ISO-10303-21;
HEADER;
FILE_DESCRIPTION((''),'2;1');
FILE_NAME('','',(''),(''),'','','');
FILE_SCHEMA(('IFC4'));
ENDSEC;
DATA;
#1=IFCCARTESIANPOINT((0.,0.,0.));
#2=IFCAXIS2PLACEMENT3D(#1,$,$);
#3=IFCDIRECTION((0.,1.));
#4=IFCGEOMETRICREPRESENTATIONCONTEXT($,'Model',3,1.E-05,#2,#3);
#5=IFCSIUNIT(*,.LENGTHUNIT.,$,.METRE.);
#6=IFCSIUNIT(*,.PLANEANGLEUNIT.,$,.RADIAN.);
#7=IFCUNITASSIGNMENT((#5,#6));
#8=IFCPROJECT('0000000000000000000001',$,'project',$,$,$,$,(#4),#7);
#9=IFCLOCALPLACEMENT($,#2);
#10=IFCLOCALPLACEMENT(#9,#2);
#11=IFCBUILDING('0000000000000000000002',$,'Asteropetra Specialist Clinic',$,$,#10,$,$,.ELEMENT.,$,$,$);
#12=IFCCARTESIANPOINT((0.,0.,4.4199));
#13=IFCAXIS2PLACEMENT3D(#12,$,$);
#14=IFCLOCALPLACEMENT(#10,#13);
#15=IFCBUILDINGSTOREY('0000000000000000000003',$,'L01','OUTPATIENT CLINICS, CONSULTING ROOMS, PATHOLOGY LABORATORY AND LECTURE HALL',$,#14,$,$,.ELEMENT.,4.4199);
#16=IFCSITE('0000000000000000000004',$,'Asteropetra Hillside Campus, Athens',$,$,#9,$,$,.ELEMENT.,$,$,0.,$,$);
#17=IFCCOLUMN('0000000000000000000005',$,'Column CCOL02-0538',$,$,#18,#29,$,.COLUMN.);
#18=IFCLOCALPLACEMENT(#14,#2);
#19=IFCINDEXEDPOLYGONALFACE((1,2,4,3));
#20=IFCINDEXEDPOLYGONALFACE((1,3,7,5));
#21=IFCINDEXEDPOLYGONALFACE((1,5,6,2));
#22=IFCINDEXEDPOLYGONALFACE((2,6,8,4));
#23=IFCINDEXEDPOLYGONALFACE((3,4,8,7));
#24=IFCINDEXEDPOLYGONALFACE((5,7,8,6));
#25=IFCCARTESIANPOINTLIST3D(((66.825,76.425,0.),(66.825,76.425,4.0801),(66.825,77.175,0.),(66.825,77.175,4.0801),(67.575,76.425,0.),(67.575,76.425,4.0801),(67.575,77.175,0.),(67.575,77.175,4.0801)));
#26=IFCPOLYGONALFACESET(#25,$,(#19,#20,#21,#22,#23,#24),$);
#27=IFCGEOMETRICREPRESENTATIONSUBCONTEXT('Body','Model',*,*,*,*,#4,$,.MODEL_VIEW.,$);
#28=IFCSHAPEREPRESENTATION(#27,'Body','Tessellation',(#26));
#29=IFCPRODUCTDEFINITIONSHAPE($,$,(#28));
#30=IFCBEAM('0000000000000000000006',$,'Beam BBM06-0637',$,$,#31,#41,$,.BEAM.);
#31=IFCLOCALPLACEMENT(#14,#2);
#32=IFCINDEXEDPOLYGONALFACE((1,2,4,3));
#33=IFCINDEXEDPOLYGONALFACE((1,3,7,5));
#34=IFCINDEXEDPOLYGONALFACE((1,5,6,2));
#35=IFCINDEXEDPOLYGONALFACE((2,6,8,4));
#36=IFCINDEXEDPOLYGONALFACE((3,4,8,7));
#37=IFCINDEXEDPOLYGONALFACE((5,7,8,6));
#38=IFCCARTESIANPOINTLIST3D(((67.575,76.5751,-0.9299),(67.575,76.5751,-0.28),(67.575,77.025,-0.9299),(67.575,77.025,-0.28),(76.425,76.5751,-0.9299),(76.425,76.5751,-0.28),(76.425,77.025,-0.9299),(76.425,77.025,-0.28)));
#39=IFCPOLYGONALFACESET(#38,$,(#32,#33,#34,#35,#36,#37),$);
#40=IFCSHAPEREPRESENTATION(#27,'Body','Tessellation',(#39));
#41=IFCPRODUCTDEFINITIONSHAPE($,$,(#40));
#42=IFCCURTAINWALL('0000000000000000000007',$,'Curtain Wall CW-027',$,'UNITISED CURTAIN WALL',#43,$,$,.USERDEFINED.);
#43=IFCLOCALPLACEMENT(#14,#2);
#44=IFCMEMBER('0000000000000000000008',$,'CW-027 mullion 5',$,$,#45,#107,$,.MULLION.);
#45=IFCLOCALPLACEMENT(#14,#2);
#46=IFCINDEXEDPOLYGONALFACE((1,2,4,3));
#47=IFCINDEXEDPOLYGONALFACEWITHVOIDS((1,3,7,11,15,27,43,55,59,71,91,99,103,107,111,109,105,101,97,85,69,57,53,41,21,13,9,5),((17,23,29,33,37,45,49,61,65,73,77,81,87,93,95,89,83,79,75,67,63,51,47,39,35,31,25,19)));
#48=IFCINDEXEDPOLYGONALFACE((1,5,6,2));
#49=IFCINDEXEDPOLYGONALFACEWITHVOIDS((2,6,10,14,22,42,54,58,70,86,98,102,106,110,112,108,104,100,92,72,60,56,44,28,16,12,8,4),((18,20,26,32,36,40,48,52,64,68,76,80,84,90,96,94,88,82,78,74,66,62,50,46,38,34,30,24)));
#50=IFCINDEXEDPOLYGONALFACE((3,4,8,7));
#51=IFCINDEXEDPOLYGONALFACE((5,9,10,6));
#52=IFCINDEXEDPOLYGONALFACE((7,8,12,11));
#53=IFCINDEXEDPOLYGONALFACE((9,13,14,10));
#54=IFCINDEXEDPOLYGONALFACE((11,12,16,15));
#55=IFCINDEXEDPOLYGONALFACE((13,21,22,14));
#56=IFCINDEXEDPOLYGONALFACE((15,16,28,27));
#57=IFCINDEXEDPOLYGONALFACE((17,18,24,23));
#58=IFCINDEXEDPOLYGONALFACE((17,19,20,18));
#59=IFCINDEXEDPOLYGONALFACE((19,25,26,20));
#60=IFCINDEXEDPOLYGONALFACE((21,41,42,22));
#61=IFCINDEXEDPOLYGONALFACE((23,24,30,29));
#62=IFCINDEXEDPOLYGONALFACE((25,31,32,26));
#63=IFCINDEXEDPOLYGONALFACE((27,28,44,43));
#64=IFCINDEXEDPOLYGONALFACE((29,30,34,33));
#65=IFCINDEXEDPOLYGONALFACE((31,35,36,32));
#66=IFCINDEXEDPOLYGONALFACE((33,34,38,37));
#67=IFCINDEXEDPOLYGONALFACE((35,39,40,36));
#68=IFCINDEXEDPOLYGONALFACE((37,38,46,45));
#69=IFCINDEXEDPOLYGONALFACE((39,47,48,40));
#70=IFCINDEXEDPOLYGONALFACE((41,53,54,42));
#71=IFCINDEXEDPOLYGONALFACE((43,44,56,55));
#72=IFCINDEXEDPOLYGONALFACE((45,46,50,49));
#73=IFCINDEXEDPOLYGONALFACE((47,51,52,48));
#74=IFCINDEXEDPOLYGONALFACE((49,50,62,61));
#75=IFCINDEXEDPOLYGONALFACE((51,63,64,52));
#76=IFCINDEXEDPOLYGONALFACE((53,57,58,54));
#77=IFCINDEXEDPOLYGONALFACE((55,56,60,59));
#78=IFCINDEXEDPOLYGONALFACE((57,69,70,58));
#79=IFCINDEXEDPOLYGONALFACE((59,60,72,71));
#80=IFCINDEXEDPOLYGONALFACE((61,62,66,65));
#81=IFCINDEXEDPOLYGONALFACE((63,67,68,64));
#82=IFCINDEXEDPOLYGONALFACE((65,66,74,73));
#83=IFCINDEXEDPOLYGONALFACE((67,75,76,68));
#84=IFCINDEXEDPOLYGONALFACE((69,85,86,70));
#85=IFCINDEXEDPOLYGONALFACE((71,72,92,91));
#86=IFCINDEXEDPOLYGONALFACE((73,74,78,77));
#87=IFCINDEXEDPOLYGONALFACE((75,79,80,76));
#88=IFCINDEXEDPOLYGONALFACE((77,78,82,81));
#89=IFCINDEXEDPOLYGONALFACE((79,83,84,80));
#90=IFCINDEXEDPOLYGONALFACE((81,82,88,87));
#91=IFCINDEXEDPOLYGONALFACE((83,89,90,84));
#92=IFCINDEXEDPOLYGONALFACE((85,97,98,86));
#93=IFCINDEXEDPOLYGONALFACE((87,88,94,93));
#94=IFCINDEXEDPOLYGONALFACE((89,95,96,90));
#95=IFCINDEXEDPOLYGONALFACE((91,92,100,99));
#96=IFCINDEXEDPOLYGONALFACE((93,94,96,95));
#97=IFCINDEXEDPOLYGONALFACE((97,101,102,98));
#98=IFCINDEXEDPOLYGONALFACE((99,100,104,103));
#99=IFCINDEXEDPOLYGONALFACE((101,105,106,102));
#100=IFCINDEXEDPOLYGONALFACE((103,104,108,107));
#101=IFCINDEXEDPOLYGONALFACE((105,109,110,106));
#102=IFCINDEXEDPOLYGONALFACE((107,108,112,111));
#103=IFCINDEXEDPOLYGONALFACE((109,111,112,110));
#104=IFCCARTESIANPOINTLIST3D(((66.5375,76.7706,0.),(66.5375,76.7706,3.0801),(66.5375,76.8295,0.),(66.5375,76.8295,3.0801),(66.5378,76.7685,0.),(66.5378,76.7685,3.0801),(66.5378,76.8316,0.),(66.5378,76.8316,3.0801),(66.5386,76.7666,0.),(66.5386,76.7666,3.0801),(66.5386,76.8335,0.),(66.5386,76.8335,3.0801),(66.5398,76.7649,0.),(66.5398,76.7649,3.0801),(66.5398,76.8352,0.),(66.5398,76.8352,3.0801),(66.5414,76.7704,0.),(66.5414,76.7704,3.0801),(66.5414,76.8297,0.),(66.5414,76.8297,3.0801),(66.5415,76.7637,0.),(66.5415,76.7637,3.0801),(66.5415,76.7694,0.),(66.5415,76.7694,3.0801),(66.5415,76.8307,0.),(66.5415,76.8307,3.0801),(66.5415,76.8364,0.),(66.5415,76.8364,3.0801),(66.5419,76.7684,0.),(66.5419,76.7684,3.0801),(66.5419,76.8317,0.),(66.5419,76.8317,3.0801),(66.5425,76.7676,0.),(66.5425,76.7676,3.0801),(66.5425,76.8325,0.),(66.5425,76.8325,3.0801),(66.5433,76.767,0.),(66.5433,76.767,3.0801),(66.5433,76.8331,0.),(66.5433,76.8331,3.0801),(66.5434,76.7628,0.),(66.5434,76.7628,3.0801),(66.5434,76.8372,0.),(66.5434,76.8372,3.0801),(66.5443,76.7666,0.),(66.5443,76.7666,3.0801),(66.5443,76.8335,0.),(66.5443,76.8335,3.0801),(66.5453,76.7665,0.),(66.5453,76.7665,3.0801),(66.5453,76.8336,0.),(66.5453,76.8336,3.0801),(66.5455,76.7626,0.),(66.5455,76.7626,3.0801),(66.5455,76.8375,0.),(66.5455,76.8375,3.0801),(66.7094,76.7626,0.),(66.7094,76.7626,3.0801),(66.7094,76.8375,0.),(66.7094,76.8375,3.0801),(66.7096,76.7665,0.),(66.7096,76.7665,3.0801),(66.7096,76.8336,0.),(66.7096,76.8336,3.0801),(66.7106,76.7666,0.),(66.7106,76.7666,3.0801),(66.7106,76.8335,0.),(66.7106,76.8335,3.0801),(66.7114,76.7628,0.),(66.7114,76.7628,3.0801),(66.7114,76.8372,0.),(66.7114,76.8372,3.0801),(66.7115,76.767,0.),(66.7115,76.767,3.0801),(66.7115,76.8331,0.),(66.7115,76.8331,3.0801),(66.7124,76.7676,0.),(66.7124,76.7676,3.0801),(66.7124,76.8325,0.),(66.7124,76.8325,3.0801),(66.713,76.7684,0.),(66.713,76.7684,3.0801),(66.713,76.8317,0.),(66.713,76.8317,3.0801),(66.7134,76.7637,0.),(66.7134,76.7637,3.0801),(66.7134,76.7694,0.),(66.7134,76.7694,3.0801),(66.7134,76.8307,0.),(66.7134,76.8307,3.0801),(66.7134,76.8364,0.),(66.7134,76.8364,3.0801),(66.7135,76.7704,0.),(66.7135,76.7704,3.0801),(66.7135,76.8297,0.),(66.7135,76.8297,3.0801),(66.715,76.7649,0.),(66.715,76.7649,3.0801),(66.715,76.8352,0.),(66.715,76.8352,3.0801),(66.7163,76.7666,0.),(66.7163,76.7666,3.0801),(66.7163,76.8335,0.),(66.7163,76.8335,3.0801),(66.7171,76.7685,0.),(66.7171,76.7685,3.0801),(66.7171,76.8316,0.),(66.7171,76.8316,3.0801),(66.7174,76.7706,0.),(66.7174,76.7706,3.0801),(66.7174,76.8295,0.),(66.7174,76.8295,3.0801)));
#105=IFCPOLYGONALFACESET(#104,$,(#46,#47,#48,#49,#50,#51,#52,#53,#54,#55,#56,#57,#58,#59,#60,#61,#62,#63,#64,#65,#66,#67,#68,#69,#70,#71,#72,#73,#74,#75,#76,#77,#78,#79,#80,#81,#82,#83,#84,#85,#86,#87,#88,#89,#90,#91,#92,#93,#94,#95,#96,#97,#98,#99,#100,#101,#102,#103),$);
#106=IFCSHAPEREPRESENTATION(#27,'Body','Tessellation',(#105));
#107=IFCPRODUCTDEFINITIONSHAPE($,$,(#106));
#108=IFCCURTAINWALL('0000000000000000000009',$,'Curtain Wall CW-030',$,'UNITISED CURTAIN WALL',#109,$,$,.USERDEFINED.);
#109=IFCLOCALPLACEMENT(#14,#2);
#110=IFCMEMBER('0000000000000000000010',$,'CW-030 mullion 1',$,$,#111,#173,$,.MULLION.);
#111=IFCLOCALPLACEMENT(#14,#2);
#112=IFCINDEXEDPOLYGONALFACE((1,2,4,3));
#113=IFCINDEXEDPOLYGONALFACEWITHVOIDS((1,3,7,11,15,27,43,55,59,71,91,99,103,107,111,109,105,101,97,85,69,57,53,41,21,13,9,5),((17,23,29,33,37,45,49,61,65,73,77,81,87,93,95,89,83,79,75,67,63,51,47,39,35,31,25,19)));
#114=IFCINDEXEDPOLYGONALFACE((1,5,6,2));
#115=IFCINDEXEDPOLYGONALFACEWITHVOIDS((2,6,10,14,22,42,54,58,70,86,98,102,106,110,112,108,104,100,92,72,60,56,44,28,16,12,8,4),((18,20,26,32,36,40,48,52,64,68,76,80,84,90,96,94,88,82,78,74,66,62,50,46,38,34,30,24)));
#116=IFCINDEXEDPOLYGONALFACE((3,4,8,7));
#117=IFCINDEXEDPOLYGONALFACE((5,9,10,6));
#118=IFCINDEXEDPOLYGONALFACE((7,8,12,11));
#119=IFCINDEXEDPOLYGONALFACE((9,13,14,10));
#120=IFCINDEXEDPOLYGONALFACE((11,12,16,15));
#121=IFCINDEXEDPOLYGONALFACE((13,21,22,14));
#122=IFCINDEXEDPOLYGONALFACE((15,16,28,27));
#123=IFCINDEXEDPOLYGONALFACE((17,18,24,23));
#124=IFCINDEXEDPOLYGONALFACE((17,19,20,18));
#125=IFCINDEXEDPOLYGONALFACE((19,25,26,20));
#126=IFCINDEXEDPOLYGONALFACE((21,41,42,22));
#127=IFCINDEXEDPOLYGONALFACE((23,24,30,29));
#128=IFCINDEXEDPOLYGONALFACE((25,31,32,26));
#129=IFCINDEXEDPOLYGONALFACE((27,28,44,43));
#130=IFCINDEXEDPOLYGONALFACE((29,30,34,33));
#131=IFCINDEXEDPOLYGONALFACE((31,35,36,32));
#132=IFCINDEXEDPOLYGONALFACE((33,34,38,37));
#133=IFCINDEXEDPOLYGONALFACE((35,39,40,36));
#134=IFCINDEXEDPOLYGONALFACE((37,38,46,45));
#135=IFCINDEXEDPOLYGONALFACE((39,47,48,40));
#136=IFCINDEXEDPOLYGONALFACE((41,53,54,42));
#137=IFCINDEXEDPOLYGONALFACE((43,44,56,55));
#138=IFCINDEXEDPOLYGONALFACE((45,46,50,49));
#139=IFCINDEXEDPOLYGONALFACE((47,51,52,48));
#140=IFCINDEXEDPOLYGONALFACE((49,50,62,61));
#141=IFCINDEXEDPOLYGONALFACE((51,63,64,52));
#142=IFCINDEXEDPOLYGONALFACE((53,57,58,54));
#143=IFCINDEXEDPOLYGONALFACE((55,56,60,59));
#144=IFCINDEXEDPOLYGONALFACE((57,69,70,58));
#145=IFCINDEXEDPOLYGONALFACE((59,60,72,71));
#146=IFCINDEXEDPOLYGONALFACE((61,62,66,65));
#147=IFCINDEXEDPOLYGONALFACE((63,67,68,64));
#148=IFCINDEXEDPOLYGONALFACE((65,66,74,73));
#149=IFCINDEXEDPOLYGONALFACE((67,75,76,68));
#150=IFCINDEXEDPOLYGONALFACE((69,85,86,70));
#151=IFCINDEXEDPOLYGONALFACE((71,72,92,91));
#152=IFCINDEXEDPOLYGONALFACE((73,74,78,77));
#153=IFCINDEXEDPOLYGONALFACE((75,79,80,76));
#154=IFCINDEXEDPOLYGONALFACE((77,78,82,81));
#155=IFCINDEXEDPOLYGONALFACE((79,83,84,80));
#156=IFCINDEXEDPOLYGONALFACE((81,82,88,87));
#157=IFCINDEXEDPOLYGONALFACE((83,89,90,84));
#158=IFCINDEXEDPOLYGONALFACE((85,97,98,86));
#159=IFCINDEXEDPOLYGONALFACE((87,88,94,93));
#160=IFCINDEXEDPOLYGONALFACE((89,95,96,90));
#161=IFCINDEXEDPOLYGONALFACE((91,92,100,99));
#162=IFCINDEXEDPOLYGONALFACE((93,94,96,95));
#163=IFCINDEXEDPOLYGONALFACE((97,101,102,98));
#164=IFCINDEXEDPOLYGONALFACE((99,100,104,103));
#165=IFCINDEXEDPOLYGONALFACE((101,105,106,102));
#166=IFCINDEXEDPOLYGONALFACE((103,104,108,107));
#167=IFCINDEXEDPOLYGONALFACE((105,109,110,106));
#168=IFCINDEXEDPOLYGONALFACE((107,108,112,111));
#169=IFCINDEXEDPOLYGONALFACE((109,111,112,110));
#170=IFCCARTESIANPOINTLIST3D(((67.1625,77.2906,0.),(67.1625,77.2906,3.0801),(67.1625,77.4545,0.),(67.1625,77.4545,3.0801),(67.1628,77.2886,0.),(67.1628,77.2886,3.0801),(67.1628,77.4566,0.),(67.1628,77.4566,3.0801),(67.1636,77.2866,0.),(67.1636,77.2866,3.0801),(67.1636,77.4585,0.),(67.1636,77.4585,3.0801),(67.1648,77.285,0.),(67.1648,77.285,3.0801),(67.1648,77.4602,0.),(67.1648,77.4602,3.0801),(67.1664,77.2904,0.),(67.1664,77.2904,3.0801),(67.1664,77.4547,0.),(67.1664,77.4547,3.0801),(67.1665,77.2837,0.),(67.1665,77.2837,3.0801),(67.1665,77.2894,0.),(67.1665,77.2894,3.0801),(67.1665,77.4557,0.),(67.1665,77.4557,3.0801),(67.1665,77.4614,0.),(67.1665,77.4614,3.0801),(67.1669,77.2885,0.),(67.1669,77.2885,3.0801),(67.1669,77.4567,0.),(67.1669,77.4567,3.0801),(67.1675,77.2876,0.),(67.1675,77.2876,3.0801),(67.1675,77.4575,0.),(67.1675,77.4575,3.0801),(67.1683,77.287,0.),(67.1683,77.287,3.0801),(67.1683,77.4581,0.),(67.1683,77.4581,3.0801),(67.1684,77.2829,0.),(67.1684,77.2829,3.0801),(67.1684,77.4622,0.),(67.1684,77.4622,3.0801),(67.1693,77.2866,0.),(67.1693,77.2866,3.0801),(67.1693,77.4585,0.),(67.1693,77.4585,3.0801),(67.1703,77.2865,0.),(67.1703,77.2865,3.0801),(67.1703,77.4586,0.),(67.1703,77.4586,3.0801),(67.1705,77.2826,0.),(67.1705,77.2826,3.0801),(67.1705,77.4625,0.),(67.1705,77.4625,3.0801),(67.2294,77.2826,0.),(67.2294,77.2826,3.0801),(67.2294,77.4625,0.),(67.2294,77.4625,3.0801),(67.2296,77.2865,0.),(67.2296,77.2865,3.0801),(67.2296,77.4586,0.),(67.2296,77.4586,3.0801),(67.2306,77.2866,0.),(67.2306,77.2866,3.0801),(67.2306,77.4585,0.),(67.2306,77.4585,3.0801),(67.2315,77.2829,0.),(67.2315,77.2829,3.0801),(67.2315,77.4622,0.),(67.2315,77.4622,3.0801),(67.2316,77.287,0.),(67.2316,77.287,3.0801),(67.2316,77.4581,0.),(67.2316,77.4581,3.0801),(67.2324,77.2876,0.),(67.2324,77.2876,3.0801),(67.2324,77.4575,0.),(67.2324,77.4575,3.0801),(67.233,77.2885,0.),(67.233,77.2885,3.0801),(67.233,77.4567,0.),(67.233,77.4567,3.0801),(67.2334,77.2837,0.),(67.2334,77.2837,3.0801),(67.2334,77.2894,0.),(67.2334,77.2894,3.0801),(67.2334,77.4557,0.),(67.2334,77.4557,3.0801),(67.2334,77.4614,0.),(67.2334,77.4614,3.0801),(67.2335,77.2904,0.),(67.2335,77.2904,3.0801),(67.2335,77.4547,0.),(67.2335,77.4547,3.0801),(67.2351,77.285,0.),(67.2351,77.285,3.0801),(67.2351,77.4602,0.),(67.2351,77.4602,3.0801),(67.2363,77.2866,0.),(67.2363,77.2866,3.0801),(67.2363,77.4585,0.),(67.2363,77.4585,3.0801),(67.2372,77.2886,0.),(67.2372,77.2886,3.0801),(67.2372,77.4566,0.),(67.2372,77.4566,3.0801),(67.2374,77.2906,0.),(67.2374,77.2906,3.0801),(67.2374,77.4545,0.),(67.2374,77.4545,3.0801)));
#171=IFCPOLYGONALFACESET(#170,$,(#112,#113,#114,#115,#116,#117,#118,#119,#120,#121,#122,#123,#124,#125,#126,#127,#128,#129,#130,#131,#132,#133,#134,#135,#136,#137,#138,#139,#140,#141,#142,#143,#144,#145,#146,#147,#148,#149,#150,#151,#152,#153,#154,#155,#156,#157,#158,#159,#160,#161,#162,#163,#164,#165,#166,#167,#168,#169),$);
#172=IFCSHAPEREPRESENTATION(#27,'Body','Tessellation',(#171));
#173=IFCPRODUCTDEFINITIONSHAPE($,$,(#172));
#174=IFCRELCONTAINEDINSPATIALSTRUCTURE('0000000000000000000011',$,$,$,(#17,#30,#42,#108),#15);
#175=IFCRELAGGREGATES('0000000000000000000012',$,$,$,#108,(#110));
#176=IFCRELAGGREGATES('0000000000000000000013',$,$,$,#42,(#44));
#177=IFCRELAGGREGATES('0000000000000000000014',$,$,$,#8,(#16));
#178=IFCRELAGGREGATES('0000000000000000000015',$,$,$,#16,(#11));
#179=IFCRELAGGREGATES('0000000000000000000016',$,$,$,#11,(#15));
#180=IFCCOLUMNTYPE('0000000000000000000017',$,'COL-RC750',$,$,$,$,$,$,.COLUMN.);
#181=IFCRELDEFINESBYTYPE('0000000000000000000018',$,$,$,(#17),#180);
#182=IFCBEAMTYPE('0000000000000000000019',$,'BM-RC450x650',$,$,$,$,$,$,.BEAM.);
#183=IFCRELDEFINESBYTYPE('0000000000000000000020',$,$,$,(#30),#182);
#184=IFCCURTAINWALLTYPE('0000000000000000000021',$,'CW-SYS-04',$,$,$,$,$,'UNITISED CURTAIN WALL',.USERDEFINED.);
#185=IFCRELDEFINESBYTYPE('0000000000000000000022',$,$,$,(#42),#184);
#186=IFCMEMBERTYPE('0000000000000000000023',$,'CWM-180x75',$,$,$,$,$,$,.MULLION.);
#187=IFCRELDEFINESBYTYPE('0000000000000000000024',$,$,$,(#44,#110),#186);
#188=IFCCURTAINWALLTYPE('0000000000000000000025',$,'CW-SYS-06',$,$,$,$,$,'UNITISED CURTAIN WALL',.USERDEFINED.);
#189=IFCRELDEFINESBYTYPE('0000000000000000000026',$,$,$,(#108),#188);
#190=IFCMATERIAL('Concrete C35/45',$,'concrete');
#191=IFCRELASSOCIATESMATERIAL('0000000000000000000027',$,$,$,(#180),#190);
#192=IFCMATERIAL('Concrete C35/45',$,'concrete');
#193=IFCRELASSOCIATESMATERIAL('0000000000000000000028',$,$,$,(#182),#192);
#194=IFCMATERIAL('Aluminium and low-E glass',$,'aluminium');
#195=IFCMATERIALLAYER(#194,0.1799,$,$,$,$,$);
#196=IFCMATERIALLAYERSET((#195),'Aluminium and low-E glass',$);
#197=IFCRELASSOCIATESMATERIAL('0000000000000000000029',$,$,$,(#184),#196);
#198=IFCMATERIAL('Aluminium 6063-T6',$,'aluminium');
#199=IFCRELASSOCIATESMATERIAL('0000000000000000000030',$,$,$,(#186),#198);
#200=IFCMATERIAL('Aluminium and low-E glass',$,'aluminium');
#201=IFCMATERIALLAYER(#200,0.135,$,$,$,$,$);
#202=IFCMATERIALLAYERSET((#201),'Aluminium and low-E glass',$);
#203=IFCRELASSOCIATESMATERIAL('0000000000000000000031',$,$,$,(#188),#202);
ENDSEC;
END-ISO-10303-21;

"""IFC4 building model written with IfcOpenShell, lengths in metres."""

from ifc_helpers import new_model, si_unit, direction, frame, origin, origin_2d, place, context, subcontext, project, spatial, rectangle, hollow_rectangle, extrude, material, layer, layer_set, material_profile, profile_set, type_object, element, aggregate, save


model = new_model("IFC4")

# Units and contexts
model_context = context("Model", 3, precision=1e-05, world=origin(), true_north=direction((0.0, 1.0)))
body_context = subcontext(model_context, "Body", "Model", "MODEL_VIEW")
ifc_project = project(units=[si_unit("LENGTHUNIT", "METRE"), si_unit("PLANEANGLEUNIT", "RADIAN")], contexts=[model_context])

# Site, building, storey
site_placement = place(None, origin())
site = spatial("IfcSite", under=ifc_project, at=site_placement, Name="Asteropetra Hillside Campus, Athens", CompositionType="ELEMENT", RefElevation=0.0)
building_placement = place(site_placement, origin())
building = spatial("IfcBuilding", under=site, at=building_placement, Name="Asteropetra Specialist Clinic", CompositionType="ELEMENT")
storey_placement = place(building_placement, frame((0.0, 0.0, 4.4199)))
storey = spatial("IfcBuildingStorey", under=building, at=storey_placement, Name="L01", Description="OUTPATIENT CLINICS, CONSULTING ROOMS, PATHOLOGY LABORATORY AND LECTURE HALL", CompositionType="ELEMENT", Elevation=4.4199)

# Column
ifc_material_1 = material(Name="Concrete C35/45", Category="concrete")
ifc_material_profile_1 = material_profile(ifc_material_1, rectangle(XDim=0.75, YDim=0.75, at=origin_2d()), Name="RC 750x750")
ifc_profile_set_1 = profile_set([ifc_material_profile_1], Name="Concrete C35/45")
column_type = type_object("IfcColumnType", Name="COL-RC750", PredefinedType="COLUMN", material=ifc_profile_set_1)
column_placement = place(storey_placement, frame((67.2, 76.8, 0.0), z_axis=(0.0, 0.0, 1.0), x_axis=(1.0, 0.0, 0.0)))
element("IfcColumn", 1, at=column_placement, inside=storey, type_object=column_type, Name="Column CCOL02-0538", PredefinedType="COLUMN", context=body_context, shape_type="SweptSolid", body=[
    extrude(rectangle(XDim=0.75, YDim=0.75, at=origin_2d()), origin(), (0.0, 0.0, 1.0), 4.0801),
])

# Beam
ifc_material_2 = material(Name="Concrete C35/45", Category="concrete")
ifc_material_profile_2 = material_profile(ifc_material_2, rectangle(XDim=0.45, YDim=0.6499, at=origin_2d()), Name="RCB 450x650")
ifc_profile_set_2 = profile_set([ifc_material_profile_2], Name="Concrete C35/45")
beam_type = type_object("IfcBeamType", Name="BM-RC450x650", PredefinedType="BEAM", material=ifc_profile_set_2)
beam_placement = place(storey_placement, frame((67.575, 76.8, -0.605), z_axis=(1.0, 0.0, 0.0), x_axis=(0.0, 1.0, 0.0)))
element("IfcBeam", 2, at=beam_placement, inside=storey, type_object=beam_type, Name="Beam BBM06-0637", PredefinedType="BEAM", context=body_context, shape_type="SweptSolid", body=[
    extrude(rectangle(XDim=0.45, YDim=0.6499, at=origin_2d()), origin(), (0.0, 0.0, 1.0), 8.8501),
])

# Curtain wall, member
ifc_material_3 = material(Name="Aluminium and low-E glass", Category="aluminium")
ifc_layer_1 = layer(ifc_material_3, 0.1799)
ifc_layer_set_1 = layer_set([ifc_layer_1], Name="Aluminium and low-E glass")
curtain_wall_type_1 = type_object("IfcCurtainWallType", Name="CW-SYS-04", ElementType="UNITISED CURTAIN WALL", PredefinedType="USERDEFINED", material=ifc_layer_set_1)
curtain_wall_1_placement = place(storey_placement, origin())
curtain_wall_1 = element("IfcCurtainWall", 3, at=curtain_wall_1_placement, inside=storey, type_object=curtain_wall_type_1, Name="Curtain Wall CW-027", ObjectType="UNITISED CURTAIN WALL", PredefinedType="USERDEFINED")
ifc_material_4 = material(Name="Aluminium 6063-T6", Category="aluminium")
ifc_material_profile_3 = material_profile(ifc_material_4, hollow_rectangle(XDim=0.075, YDim=0.1799, WallThickness=0.0039, InnerFilletRadius=0.0039, OuterFilletRadius=0.0081, at=origin_2d()), Name="MUL 180x75x4.0")
ifc_profile_set_3 = profile_set([ifc_material_profile_3], Name="Aluminium 6063-T6")
member_type_1 = type_object("IfcMemberType", Name="CWM-180x75", PredefinedType="MULLION", material=ifc_profile_set_3)
member_1_placement = place(storey_placement, frame((66.6274, 76.8, 0.0), z_axis=(0.0, 0.0, 1.0), x_axis=(0.0, 1.0, 0.0)))
member_1 = element("IfcMember", 4, at=member_1_placement, type_object=member_type_1, Name="CW-027 mullion 5", PredefinedType="MULLION", context=body_context, shape_type="SweptSolid", body=[
    extrude(hollow_rectangle(XDim=0.075, YDim=0.1799, WallThickness=0.0039, InnerFilletRadius=0.0039, OuterFilletRadius=0.0081, at=origin_2d()), origin(), (0.0, 0.0, 1.0), 3.0801),
])

# Curtain wall, member
ifc_material_5 = material(Name="Aluminium and low-E glass", Category="aluminium")
ifc_layer_2 = layer(ifc_material_5, 0.135)
ifc_layer_set_2 = layer_set([ifc_layer_2], Name="Aluminium and low-E glass")
curtain_wall_type_2 = type_object("IfcCurtainWallType", Name="CW-SYS-06", ElementType="UNITISED CURTAIN WALL", PredefinedType="USERDEFINED", material=ifc_layer_set_2)
curtain_wall_2_placement = place(storey_placement, origin())
curtain_wall_2 = element("IfcCurtainWall", 5, at=curtain_wall_2_placement, inside=storey, type_object=curtain_wall_type_2, Name="Curtain Wall CW-030", ObjectType="UNITISED CURTAIN WALL", PredefinedType="USERDEFINED")
member_2_placement = place(storey_placement, frame((67.2, 77.3726, 0.0), z_axis=(0.0, 0.0, 1.0), x_axis=(-1.0, 0.0, 0.0)))
member_2 = element("IfcMember", 6, at=member_2_placement, type_object=member_type_1, Name="CW-030 mullion 1", PredefinedType="MULLION", context=body_context, shape_type="SweptSolid", body=[
    extrude(hollow_rectangle(XDim=0.075, YDim=0.1799, WallThickness=0.0039, InnerFilletRadius=0.0039, OuterFilletRadius=0.0081, at=origin_2d()), origin(), (0.0, 0.0, 1.0), 3.0801),
])
aggregate(curtain_wall_2, [member_2])

aggregate(curtain_wall_1, [member_1])

save(model, "model.ifc")
